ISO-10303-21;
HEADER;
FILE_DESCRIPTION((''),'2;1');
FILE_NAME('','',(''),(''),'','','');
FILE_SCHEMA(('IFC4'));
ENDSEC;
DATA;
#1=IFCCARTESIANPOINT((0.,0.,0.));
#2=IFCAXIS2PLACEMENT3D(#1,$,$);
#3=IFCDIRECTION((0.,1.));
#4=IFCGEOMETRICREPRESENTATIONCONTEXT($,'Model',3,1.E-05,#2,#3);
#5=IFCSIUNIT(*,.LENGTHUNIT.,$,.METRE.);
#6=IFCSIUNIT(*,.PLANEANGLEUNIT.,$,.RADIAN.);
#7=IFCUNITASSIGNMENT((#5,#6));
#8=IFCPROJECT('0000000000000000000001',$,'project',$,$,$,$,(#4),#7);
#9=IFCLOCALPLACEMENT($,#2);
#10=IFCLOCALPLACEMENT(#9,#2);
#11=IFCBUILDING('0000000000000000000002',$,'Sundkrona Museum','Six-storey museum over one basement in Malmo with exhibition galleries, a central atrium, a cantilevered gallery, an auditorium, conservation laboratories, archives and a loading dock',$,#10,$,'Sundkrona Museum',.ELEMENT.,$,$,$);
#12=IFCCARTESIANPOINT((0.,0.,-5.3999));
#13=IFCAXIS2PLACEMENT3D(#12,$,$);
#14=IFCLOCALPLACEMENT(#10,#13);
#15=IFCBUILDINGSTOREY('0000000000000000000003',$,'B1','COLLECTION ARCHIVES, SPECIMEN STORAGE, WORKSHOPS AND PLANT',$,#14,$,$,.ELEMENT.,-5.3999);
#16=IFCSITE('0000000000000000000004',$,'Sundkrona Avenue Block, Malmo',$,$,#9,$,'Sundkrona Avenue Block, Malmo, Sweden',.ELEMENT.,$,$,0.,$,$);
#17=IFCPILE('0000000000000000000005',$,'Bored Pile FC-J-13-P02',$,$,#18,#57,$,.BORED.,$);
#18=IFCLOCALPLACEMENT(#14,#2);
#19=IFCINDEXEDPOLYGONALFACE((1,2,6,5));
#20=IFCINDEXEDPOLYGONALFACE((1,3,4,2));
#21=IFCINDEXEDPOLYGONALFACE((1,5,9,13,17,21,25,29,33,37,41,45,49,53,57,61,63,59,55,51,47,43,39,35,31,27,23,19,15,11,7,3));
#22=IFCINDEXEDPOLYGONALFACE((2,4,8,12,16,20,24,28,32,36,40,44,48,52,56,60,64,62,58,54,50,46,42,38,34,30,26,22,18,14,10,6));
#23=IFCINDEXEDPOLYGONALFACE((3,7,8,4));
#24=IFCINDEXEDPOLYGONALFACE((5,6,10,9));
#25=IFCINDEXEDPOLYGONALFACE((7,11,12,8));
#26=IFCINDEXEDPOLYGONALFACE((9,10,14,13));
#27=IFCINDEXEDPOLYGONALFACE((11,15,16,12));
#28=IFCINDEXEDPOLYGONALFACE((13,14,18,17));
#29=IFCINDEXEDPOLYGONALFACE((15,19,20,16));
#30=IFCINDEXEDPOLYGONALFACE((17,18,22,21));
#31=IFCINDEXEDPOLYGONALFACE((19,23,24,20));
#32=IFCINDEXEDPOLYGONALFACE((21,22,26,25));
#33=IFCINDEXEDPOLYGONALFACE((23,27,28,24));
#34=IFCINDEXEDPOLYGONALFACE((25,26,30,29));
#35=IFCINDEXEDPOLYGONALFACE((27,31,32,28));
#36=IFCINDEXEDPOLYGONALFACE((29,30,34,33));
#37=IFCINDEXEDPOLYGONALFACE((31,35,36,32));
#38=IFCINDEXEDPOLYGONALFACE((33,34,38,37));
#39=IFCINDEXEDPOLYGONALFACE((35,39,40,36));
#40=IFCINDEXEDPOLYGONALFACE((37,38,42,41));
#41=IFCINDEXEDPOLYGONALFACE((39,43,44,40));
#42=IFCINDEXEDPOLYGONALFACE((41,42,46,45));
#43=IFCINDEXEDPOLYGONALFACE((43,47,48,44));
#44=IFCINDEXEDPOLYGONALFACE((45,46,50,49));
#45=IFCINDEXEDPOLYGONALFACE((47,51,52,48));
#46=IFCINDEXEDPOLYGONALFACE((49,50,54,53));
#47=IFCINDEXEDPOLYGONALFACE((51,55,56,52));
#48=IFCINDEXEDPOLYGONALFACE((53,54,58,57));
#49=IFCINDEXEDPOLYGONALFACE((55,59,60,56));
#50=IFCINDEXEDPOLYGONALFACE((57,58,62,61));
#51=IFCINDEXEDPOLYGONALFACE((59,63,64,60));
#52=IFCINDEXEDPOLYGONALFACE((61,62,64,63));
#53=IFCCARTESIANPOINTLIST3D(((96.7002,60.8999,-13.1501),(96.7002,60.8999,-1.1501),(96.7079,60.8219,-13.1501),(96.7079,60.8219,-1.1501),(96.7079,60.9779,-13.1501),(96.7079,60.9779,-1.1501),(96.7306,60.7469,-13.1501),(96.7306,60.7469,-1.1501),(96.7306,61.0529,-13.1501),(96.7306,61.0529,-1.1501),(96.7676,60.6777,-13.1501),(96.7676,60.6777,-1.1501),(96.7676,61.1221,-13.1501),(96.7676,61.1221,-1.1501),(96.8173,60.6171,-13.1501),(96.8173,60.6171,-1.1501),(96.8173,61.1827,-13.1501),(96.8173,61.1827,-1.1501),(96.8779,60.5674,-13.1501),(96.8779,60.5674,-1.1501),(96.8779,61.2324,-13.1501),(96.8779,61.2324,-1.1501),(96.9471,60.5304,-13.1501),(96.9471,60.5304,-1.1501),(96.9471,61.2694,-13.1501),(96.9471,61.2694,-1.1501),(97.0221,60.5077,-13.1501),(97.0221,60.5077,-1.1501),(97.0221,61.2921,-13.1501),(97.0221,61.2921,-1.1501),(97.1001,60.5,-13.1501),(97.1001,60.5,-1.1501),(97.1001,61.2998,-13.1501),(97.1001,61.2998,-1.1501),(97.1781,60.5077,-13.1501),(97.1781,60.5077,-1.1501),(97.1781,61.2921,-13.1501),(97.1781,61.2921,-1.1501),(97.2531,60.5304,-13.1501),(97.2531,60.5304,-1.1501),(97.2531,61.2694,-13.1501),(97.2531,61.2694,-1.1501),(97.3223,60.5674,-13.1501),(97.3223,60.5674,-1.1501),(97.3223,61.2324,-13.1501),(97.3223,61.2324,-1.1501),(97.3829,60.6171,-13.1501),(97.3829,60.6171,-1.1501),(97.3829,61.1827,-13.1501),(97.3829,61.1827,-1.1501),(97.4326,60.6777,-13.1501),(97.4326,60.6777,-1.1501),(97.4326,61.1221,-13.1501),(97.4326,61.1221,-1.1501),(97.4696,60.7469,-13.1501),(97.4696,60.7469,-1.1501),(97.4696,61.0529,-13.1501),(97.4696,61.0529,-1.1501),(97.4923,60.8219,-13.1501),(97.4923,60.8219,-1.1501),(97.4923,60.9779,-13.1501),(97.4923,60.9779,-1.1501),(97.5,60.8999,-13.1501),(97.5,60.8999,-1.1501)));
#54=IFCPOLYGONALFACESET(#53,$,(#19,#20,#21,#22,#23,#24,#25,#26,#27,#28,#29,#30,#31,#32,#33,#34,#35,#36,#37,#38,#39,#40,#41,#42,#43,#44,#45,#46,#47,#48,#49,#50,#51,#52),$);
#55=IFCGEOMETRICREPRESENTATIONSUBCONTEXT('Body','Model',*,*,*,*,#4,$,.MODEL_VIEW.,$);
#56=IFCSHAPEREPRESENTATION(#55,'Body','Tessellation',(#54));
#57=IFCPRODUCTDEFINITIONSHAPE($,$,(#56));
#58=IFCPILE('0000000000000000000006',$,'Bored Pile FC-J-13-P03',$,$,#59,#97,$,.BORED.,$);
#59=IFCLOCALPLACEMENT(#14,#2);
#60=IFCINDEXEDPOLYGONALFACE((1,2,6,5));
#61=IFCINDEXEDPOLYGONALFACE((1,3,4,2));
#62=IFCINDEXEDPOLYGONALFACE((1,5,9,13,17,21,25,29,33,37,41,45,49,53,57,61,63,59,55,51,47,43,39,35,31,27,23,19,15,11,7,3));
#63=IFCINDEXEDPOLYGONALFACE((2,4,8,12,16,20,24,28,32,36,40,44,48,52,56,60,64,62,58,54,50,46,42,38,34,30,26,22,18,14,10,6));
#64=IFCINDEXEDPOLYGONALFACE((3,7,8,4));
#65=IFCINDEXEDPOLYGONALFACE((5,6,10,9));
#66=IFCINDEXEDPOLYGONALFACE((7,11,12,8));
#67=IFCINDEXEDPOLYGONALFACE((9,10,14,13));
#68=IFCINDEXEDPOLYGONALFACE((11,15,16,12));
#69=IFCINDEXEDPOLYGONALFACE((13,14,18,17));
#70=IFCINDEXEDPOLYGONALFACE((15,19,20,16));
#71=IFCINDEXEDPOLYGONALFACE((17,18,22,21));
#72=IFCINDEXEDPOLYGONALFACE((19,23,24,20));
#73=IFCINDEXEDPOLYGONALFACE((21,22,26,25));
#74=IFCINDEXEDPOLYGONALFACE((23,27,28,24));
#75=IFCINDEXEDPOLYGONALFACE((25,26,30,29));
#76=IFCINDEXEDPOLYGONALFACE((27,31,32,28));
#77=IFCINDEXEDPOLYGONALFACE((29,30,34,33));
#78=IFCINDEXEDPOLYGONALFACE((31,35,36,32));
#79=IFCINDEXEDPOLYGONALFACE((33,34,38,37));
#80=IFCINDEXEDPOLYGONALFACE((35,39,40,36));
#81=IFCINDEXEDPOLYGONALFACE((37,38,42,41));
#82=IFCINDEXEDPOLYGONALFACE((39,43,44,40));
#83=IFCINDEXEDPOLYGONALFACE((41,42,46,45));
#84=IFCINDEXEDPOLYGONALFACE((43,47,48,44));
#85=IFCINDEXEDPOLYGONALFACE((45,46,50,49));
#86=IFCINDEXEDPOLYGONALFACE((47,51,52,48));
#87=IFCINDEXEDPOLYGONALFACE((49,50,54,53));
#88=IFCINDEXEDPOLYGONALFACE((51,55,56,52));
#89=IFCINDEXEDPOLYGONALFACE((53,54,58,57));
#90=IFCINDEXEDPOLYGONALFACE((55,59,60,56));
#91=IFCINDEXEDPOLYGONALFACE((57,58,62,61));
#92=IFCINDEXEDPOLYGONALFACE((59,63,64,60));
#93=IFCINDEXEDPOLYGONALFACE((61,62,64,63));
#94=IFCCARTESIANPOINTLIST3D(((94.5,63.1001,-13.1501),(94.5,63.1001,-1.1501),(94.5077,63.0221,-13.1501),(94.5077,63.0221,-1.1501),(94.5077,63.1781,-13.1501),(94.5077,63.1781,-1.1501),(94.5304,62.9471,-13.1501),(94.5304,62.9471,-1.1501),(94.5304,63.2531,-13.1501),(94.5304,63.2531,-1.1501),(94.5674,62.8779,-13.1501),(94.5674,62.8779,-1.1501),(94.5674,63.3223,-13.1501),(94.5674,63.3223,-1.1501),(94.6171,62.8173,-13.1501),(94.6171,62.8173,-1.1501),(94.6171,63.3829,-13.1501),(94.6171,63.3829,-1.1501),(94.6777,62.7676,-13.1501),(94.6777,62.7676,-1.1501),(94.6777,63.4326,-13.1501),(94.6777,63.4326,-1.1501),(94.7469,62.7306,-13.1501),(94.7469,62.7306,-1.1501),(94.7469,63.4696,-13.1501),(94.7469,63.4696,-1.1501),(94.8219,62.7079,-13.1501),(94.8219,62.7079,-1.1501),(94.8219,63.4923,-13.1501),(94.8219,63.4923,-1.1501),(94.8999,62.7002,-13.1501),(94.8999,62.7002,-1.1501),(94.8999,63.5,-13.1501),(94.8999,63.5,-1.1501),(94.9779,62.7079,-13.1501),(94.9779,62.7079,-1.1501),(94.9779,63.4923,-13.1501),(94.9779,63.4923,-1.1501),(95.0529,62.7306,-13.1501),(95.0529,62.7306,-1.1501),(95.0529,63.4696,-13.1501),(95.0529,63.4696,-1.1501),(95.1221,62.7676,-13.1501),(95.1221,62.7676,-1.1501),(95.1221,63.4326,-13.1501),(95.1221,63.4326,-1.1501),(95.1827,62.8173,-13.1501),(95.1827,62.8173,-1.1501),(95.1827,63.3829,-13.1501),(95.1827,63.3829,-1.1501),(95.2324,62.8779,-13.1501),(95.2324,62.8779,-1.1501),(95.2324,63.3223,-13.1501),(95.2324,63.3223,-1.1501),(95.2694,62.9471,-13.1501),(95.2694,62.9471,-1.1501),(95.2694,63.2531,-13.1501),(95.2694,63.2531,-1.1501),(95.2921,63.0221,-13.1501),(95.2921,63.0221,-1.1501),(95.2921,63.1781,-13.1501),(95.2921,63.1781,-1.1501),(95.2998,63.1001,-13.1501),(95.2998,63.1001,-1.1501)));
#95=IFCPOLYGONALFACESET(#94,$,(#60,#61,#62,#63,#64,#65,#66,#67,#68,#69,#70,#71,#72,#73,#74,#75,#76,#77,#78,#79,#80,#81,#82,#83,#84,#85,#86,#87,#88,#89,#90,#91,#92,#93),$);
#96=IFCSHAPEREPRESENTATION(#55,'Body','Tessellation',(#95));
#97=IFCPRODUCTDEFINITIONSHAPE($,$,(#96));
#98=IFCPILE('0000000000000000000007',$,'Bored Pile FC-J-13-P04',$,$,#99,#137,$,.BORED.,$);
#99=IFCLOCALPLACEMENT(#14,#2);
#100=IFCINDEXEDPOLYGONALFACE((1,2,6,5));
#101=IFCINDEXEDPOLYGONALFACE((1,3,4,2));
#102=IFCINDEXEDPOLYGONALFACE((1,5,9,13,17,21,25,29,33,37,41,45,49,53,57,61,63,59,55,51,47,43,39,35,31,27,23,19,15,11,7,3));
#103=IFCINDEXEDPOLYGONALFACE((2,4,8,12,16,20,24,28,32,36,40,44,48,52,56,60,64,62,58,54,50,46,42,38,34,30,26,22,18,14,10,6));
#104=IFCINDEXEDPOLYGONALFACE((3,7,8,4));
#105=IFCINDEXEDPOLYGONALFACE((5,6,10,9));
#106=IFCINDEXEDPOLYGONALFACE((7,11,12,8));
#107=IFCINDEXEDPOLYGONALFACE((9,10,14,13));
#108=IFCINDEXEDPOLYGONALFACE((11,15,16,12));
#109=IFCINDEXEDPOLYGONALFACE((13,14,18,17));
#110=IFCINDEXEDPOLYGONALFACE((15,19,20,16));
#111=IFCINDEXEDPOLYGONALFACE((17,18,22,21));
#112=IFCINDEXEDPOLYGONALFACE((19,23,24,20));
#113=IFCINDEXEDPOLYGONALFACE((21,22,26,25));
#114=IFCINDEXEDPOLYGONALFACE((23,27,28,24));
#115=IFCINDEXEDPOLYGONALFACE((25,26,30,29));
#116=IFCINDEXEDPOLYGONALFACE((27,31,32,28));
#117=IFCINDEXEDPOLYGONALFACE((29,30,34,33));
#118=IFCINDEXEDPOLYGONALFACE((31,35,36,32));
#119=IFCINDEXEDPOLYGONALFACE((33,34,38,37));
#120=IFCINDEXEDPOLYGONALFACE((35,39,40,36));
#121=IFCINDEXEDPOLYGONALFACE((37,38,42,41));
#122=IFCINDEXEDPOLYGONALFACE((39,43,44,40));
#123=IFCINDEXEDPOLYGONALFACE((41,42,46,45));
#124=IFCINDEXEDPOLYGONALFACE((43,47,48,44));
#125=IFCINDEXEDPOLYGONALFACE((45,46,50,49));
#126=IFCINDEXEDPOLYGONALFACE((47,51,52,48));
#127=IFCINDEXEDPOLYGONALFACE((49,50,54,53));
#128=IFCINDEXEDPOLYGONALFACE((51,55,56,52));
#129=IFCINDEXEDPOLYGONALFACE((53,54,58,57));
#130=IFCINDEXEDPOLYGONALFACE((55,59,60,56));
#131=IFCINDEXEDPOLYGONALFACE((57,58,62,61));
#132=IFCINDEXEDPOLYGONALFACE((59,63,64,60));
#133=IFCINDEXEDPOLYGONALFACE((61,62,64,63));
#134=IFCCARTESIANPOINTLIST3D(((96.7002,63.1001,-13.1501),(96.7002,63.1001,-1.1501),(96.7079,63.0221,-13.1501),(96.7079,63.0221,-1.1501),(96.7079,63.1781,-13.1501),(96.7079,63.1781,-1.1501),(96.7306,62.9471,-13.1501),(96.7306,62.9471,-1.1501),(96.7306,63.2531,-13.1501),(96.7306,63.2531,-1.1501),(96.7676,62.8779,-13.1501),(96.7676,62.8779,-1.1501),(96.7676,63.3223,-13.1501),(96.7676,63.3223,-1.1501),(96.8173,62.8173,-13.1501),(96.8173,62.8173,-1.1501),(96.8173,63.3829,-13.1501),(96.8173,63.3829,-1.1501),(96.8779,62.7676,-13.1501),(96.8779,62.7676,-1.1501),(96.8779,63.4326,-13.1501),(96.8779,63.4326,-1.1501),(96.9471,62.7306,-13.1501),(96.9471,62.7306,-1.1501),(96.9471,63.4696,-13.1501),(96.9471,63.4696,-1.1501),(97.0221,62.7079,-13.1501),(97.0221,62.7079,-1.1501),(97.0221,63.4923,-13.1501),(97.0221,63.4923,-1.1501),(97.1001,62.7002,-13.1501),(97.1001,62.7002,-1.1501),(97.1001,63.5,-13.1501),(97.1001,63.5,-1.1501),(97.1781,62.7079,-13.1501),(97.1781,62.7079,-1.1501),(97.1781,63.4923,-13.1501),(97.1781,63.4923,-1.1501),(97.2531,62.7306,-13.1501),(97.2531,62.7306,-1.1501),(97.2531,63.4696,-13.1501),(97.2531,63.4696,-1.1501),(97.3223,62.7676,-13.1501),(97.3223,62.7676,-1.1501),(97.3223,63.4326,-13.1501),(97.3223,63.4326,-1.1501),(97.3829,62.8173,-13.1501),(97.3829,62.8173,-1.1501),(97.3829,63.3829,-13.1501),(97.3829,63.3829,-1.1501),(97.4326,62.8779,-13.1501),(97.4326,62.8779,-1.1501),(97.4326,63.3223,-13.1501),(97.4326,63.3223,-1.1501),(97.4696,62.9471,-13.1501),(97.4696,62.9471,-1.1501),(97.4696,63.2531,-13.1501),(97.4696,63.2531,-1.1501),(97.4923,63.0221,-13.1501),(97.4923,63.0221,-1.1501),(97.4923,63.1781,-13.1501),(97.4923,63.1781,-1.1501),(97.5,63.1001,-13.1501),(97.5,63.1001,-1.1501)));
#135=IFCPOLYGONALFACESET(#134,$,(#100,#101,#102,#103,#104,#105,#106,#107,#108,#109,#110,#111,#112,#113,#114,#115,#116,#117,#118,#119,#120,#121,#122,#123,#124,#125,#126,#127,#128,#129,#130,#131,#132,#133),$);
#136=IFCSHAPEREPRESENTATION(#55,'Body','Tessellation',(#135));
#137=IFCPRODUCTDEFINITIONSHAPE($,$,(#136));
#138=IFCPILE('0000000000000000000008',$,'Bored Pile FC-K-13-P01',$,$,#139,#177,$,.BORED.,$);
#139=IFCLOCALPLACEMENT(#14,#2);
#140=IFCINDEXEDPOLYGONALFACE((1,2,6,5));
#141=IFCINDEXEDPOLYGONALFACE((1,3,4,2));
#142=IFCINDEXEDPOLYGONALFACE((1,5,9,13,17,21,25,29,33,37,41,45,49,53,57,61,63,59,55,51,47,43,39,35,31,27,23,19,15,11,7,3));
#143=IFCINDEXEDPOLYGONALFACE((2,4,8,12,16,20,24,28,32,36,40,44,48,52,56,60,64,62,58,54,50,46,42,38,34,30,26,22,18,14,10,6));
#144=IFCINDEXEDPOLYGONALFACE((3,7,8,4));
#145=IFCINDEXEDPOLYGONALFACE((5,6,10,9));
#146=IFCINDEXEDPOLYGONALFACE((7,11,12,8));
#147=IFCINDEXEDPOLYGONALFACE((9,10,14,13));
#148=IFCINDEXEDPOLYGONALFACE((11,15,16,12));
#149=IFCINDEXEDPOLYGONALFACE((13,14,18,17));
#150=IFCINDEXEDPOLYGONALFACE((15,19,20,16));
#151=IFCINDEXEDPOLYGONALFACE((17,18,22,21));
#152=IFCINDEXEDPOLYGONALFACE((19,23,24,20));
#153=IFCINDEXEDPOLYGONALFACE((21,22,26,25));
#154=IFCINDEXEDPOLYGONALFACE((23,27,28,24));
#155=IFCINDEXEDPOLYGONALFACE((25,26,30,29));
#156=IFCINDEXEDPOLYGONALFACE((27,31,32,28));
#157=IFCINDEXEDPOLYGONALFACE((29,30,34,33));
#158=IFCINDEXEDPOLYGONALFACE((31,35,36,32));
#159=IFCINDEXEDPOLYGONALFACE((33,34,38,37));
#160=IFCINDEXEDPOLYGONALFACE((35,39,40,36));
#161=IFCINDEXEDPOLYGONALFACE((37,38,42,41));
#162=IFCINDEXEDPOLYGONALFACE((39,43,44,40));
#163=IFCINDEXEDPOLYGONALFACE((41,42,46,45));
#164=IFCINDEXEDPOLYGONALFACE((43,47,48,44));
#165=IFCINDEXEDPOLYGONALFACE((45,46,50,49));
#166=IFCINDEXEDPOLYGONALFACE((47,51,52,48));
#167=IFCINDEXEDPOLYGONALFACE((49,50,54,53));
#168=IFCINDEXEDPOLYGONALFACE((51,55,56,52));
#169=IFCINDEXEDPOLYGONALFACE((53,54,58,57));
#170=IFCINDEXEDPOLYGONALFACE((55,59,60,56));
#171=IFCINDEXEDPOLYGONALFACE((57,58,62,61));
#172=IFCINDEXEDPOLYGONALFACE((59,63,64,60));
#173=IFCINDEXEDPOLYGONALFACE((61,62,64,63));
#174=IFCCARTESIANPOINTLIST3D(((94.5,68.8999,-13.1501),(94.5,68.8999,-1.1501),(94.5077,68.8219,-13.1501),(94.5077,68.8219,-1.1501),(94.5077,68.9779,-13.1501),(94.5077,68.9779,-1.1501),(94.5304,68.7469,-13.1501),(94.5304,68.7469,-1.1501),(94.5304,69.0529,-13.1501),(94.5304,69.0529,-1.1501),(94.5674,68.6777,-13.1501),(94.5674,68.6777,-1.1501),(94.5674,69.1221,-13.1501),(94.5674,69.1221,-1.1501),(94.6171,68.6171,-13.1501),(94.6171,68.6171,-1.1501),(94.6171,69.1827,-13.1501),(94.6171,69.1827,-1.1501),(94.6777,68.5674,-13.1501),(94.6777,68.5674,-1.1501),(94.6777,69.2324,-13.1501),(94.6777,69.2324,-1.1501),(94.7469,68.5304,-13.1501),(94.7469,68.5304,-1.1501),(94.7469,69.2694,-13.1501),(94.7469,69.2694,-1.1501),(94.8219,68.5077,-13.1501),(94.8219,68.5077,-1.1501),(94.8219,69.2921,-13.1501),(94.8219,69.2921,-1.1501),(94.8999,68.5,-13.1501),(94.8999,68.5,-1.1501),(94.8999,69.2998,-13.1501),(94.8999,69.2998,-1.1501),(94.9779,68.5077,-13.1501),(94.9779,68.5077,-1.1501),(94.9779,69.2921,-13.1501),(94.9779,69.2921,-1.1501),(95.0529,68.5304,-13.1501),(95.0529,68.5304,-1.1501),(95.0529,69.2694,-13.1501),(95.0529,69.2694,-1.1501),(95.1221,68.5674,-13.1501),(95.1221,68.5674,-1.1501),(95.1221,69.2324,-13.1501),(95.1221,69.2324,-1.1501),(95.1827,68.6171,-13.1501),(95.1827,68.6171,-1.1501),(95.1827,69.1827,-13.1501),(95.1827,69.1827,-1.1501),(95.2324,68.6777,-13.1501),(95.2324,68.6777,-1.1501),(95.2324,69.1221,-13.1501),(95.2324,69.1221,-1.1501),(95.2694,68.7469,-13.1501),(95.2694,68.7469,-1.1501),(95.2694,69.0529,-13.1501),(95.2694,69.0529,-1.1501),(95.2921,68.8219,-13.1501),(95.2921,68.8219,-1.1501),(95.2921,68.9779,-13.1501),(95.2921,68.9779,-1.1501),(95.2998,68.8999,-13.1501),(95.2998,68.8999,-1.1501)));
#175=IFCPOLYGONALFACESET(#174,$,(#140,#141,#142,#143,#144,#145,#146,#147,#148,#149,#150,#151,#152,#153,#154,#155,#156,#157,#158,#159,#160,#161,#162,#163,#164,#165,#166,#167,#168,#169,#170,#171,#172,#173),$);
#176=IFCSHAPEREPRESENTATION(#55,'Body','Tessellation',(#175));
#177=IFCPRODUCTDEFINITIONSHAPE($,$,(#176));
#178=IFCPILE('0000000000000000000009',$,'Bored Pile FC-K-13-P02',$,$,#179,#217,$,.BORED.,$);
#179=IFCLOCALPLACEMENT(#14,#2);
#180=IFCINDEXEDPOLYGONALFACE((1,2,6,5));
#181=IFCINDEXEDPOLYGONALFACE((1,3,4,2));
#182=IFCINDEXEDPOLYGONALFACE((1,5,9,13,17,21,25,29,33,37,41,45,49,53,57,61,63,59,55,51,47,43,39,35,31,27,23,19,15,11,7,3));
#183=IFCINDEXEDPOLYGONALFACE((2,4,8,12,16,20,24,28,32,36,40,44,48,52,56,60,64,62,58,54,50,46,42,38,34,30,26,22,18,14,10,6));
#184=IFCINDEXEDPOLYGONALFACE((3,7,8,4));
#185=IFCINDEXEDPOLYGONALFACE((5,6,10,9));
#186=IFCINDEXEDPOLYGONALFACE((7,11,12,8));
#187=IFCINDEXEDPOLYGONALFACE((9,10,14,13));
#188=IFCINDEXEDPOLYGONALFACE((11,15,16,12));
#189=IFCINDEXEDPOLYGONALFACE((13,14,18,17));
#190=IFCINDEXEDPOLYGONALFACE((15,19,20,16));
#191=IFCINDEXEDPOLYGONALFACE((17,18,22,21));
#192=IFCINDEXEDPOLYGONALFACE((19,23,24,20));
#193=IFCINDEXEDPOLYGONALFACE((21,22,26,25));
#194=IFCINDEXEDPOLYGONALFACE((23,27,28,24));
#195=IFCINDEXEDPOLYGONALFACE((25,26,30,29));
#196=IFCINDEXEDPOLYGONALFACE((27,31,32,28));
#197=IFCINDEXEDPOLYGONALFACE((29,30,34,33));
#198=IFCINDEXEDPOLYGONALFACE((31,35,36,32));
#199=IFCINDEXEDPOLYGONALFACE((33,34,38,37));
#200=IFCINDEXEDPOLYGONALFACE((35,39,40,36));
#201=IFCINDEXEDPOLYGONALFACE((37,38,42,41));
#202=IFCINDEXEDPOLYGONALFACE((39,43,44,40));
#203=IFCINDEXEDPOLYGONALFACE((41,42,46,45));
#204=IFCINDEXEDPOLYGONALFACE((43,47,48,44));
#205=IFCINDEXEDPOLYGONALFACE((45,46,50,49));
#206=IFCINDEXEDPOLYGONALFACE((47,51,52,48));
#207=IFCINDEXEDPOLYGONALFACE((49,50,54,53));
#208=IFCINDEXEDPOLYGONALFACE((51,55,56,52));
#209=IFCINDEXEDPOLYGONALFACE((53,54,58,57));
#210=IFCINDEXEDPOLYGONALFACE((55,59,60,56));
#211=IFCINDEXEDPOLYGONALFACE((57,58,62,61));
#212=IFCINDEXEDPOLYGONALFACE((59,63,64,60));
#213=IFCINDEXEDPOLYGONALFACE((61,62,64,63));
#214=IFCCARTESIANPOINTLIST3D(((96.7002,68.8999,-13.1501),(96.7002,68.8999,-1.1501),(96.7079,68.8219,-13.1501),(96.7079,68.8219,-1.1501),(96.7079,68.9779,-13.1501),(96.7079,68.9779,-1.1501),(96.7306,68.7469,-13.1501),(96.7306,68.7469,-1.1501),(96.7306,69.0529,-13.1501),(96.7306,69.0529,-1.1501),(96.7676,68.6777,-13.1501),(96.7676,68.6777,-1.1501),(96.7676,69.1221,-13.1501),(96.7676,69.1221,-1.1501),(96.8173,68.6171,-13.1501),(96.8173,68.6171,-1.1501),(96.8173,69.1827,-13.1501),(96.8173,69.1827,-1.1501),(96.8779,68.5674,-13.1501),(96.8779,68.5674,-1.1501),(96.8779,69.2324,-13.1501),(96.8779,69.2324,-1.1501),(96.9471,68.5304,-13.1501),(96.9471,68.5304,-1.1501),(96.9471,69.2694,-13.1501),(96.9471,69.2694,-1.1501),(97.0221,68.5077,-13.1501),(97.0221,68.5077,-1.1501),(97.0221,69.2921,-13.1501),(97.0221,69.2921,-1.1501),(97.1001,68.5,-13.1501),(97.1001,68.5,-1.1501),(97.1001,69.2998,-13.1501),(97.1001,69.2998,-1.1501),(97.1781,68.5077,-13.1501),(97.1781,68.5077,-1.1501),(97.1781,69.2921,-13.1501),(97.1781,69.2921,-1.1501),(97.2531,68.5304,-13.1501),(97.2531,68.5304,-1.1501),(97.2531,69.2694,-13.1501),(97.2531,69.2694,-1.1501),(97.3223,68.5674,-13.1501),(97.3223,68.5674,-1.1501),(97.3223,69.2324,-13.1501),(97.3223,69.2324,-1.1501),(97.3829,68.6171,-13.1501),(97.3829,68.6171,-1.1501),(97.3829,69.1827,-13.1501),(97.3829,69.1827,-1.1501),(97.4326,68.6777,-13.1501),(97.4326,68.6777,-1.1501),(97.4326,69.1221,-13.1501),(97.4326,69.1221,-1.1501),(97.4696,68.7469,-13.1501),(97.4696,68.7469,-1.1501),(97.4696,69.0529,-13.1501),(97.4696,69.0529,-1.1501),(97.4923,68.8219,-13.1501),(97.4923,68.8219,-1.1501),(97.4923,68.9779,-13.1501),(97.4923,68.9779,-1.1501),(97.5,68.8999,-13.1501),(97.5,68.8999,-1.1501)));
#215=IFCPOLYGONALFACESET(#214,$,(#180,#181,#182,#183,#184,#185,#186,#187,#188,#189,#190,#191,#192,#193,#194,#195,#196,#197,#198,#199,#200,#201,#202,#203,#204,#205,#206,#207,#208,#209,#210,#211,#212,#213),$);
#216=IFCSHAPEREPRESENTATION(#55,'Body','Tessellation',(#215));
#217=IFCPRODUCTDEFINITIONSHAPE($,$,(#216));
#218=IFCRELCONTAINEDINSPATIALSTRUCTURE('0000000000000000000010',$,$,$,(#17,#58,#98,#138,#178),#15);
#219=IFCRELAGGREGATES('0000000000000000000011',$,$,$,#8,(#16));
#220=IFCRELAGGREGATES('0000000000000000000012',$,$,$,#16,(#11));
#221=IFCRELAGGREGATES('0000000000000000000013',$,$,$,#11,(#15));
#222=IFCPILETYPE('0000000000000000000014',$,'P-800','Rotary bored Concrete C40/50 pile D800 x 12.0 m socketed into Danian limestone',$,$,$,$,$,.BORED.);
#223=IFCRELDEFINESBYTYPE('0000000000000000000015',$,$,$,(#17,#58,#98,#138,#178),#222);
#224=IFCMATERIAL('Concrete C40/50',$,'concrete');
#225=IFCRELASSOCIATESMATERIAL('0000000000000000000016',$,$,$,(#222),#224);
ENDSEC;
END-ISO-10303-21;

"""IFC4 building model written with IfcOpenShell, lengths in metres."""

from ifc_helpers import new_model, si_unit, direction, frame, origin, origin_2d, place, context, subcontext, project, spatial, circle, extrude, material, material_profile, profile_set, type_object, element, save


model = new_model("IFC4")

# Units and contexts
model_context = context("Model", 3, precision=1e-05, world=origin(), true_north=direction((0.0, 1.0)))
body_context = subcontext(model_context, "Body", "Model", "MODEL_VIEW")
ifc_project = project(units=[si_unit("LENGTHUNIT", "METRE"), si_unit("PLANEANGLEUNIT", "RADIAN")], contexts=[model_context])

# Site, building, storey
site_placement = place(None, origin())
site = spatial("IfcSite", under=ifc_project, at=site_placement, Name="Sundkrona Avenue Block, Malmo", LongName="Sundkrona Avenue Block, Malmo, Sweden", CompositionType="ELEMENT", RefElevation=0.0)
building_placement = place(site_placement, origin())
building = spatial("IfcBuilding", under=site, at=building_placement, Name="Sundkrona Museum", Description="Six-storey museum over one basement in Malmo with exhibition galleries, a central atrium, a cantilevered gallery, an auditorium, conservation laboratories, archives and a loading dock", LongName="Sundkrona Museum", CompositionType="ELEMENT")
storey_placement = place(building_placement, frame((0.0, 0.0, -5.3999)))
storey = spatial("IfcBuildingStorey", under=building, at=storey_placement, Name="B1", Description="COLLECTION ARCHIVES, SPECIMEN STORAGE, WORKSHOPS AND PLANT", CompositionType="ELEMENT", Elevation=-5.3999)

# Shared definitions
ifc_material_1 = material(Name="Concrete C40/50", Category="concrete")

# Piles
ifc_material_profile_1 = material_profile(ifc_material_1, circle(Radius=0.3999, at=origin_2d()), Name="PILE D800")
ifc_profile_set_1 = profile_set([ifc_material_profile_1], Name="Concrete C40/50")
pile_type = type_object("IfcPileType", Name="P-800", Description="Rotary bored Concrete C40/50 pile D800 x 12.0 m socketed into Danian limestone", PredefinedType="BORED", material=ifc_profile_set_1)
for number, where, z_axis, x_axis, name in (
    (1, (97.1001, 60.8999, -1.1501), (0.0, 0.0, -1.0), (1.0, 0.0, 0.0), "Bored Pile FC-J-13-P02"),
    (2, (94.8999, 63.1001, -1.1501), (0.0, 0.0, -1.0), (1.0, 0.0, 0.0), "Bored Pile FC-J-13-P03"),
    (3, (97.1001, 63.1001, -1.1501), (0.0, 0.0, -1.0), (1.0, 0.0, 0.0), "Bored Pile FC-J-13-P04"),
    (4, (94.8999, 68.8999, -1.1501), (0.0, 0.0, -1.0), (1.0, 0.0, 0.0), "Bored Pile FC-K-13-P01"),
    (5, (97.1001, 68.8999, -1.1501), (0.0, 0.0, -1.0), (1.0, 0.0, 0.0), "Bored Pile FC-K-13-P02"),
):
    element("IfcPile", number, at=place(storey_placement, frame(where, z_axis=z_axis, x_axis=x_axis)), inside=storey, type_object=pile_type, Name=name, PredefinedType="BORED", context=body_context, shape_type="SweptSolid", body=[
        extrude(circle(Radius=0.3999, at=origin_2d()), origin(), (0.0, 0.0, 1.0), 12.0),
    ])

save(model, "model.ifc")
